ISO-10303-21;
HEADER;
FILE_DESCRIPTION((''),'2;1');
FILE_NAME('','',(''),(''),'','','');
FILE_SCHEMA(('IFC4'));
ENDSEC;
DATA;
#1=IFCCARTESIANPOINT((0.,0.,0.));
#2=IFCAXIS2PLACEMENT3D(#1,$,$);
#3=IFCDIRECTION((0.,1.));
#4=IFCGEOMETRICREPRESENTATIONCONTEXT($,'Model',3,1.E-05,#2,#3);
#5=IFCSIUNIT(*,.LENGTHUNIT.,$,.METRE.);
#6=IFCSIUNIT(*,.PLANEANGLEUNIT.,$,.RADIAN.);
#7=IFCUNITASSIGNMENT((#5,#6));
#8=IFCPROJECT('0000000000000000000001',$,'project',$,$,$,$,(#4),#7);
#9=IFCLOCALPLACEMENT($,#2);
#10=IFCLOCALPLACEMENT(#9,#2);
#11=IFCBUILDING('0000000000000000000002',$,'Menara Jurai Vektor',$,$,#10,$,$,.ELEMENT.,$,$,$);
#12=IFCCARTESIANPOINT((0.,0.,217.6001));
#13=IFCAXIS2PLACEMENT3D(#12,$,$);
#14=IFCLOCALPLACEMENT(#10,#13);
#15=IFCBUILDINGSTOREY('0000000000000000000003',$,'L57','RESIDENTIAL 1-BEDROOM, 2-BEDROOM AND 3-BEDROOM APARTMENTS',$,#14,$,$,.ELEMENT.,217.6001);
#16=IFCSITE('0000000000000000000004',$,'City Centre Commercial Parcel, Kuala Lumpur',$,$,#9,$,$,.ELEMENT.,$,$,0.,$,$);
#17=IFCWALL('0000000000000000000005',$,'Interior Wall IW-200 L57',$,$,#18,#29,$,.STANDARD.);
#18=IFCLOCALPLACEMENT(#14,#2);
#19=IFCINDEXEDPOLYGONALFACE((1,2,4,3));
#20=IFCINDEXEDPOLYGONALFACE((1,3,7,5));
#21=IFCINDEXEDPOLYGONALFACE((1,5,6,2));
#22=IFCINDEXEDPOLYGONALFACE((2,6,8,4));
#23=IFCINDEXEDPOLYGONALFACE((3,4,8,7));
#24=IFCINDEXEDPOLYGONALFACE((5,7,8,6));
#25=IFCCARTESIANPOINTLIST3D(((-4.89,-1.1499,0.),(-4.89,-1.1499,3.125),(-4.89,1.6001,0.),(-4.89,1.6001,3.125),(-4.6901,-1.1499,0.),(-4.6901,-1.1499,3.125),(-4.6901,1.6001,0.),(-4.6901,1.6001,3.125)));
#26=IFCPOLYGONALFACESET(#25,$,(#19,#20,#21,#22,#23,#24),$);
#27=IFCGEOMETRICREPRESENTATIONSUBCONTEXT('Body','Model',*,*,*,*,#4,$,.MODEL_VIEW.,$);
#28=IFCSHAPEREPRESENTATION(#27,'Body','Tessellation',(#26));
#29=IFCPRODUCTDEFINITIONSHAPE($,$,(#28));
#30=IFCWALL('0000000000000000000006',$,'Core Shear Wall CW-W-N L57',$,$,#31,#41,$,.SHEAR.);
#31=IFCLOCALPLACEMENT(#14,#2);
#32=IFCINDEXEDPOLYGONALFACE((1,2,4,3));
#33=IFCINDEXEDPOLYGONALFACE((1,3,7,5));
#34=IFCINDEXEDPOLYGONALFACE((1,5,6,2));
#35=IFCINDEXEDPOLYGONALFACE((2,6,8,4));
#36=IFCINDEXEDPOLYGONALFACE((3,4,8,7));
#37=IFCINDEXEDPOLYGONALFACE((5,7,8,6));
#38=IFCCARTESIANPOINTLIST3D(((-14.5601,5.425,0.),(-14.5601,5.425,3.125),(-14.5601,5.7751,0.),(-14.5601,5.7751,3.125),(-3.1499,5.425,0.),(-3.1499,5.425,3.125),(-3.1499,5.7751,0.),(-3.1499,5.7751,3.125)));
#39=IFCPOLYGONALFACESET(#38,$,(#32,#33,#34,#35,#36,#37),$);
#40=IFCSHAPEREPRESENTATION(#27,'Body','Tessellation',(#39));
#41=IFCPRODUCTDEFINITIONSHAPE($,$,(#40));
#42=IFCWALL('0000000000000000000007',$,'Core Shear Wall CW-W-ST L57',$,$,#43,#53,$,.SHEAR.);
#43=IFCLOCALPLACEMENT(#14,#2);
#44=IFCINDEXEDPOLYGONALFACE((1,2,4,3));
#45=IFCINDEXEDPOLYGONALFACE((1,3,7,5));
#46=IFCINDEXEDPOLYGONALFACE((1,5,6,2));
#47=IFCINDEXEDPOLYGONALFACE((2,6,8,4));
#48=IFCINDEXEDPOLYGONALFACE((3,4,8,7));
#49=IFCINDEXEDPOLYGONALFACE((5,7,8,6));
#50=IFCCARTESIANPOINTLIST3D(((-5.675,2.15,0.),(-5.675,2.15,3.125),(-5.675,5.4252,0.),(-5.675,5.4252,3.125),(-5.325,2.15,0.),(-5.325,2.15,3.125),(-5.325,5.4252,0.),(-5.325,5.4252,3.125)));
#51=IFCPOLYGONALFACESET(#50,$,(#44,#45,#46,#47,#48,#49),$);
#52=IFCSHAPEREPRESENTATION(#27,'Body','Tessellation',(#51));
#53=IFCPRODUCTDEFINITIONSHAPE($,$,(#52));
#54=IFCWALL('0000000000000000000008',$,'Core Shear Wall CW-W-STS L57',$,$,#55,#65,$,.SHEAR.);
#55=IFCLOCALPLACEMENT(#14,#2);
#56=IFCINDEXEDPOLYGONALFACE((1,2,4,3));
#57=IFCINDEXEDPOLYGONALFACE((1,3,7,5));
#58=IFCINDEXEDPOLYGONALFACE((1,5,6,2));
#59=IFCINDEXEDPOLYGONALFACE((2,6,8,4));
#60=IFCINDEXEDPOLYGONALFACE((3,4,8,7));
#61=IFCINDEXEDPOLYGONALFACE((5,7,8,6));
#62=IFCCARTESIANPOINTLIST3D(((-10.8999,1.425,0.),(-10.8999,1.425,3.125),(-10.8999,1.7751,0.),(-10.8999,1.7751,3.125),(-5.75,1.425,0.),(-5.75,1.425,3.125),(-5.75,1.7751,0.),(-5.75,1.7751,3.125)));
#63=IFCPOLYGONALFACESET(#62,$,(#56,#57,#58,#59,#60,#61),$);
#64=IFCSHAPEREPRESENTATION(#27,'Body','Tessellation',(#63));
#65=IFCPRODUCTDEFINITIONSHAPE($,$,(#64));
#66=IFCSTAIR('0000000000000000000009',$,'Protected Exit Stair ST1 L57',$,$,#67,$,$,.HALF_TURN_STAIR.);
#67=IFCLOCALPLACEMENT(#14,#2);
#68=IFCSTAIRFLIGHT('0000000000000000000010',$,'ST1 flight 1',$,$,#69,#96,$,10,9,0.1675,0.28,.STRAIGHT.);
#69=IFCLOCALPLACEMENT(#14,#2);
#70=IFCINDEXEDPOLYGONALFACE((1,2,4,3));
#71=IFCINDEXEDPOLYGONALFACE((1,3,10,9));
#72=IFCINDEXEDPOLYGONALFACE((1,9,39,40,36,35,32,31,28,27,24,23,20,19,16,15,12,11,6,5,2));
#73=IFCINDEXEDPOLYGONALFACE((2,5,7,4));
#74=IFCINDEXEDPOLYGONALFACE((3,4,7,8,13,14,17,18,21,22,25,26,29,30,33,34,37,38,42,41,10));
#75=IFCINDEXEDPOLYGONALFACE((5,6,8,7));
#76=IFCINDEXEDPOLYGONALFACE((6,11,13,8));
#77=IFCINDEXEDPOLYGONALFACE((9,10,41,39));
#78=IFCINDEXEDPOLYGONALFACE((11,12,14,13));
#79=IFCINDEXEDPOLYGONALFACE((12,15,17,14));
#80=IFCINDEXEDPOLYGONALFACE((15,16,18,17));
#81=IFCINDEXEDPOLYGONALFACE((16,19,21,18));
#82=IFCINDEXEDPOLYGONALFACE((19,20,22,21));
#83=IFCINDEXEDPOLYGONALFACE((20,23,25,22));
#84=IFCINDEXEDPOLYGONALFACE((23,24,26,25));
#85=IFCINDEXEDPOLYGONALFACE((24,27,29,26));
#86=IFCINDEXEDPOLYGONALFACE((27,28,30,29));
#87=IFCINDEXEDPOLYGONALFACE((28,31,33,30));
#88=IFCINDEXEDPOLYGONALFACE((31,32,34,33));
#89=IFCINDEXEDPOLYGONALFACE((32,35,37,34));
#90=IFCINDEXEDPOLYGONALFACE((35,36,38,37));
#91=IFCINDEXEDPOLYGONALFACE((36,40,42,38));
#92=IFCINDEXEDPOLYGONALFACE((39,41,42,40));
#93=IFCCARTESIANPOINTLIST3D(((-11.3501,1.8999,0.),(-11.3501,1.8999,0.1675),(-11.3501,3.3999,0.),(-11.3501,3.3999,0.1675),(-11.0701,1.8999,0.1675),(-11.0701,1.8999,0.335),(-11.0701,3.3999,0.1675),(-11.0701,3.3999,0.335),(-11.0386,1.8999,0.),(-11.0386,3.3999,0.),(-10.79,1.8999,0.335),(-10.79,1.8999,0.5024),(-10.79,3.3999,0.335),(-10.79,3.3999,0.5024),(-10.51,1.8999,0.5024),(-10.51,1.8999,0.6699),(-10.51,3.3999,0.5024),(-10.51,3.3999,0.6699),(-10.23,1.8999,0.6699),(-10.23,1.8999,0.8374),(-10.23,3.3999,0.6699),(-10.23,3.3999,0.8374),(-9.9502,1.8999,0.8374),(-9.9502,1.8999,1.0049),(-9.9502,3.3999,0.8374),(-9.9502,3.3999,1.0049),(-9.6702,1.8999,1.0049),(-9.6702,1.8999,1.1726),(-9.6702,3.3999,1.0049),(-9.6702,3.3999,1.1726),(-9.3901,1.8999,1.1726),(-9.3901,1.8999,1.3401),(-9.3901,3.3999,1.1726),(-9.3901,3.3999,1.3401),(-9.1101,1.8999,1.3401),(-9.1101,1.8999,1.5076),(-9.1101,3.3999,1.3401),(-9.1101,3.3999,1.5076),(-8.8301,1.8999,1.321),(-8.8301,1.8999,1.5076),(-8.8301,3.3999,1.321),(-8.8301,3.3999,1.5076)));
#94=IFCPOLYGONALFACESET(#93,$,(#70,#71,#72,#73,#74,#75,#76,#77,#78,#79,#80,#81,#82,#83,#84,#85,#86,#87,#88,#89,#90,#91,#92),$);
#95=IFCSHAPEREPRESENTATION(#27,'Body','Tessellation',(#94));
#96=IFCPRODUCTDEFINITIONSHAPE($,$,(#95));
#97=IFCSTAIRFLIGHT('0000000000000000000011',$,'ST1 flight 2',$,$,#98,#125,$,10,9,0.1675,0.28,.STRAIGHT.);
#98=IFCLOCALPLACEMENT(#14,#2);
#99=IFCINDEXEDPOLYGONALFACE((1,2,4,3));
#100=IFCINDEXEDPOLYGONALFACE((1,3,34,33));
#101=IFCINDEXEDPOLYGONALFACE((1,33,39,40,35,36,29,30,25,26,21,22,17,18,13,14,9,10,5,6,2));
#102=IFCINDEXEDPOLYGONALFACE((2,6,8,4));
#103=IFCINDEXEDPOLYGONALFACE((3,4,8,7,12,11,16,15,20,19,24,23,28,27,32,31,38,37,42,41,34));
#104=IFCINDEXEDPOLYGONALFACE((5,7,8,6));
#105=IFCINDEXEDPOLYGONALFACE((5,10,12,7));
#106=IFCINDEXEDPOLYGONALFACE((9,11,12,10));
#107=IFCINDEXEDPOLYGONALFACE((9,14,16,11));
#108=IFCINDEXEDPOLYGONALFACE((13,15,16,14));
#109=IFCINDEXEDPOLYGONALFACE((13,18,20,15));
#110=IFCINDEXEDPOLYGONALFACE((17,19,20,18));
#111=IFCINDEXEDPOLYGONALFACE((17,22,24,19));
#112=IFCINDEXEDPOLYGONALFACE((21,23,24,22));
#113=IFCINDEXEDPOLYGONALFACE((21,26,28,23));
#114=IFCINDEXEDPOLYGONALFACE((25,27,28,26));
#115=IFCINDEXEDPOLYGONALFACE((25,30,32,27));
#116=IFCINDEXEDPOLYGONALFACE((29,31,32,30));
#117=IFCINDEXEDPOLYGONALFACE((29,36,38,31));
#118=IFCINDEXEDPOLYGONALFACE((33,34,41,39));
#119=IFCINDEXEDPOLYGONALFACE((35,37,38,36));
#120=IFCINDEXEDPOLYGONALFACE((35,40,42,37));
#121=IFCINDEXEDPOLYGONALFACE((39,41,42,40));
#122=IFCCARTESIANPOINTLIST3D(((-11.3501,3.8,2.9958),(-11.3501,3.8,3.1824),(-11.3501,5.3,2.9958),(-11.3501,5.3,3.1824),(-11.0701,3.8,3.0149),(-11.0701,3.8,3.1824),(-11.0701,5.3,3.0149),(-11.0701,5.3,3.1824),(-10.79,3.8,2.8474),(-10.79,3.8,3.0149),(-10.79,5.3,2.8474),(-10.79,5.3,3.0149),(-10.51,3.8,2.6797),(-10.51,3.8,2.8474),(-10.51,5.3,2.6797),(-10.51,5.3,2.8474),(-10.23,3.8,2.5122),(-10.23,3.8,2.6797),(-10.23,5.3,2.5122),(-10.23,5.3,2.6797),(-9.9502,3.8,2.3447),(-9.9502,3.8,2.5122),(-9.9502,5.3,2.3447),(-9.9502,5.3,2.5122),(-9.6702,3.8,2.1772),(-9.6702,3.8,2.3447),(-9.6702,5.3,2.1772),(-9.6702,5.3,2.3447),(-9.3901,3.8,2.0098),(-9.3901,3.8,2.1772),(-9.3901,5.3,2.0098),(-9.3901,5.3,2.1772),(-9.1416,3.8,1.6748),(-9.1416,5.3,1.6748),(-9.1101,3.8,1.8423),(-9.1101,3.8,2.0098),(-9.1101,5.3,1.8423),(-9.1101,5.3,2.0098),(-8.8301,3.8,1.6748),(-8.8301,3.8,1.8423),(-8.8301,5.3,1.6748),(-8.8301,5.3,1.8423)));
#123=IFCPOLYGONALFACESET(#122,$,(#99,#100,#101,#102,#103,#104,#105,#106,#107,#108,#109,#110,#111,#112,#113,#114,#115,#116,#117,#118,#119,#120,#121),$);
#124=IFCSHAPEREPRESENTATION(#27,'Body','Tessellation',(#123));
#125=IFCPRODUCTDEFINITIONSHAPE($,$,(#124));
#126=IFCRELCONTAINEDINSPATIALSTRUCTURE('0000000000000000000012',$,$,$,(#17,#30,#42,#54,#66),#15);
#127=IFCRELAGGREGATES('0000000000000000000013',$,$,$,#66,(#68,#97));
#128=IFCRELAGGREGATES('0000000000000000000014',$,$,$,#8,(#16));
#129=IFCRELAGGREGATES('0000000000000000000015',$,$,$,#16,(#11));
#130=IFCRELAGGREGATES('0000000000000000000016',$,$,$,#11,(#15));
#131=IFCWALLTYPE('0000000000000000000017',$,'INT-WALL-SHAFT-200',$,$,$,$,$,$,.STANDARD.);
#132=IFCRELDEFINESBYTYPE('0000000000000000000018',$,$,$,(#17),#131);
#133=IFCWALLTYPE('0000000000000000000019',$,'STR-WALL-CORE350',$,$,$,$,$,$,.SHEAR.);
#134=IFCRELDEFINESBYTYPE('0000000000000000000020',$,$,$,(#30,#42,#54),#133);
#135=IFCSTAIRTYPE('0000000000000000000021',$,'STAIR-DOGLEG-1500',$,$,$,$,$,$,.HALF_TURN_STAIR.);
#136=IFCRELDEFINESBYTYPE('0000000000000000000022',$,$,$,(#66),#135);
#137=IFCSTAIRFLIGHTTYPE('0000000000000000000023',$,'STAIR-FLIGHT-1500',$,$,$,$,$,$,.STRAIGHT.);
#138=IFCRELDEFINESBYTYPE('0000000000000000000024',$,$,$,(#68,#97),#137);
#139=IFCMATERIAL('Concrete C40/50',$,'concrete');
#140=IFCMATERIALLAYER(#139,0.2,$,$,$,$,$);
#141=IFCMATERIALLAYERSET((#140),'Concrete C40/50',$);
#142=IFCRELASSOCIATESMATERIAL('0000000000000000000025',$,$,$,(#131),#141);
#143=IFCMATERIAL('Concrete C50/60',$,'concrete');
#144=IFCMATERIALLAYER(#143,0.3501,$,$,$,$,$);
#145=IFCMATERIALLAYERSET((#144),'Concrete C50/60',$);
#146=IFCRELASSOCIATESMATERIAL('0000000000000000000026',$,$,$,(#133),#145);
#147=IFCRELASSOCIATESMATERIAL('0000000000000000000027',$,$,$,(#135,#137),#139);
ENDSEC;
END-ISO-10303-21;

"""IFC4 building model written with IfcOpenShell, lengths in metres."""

from ifc_helpers import new_model, si_unit, direction, frame, frame_2d, origin, place, context, subcontext, project, spatial, polyline, rectangle, outline, extrude, material, layer, layer_set, type_object, element, aggregate, save


model = new_model("IFC4")

# Units and contexts
model_context = context("Model", 3, precision=1e-05, world=origin(), true_north=direction((0.0, 1.0)))
body_context = subcontext(model_context, "Body", "Model", "MODEL_VIEW")
ifc_project = project(units=[si_unit("LENGTHUNIT", "METRE"), si_unit("PLANEANGLEUNIT", "RADIAN")], contexts=[model_context])

# Site, building, storey
site_placement = place(None, origin())
site = spatial("IfcSite", under=ifc_project, at=site_placement, Name="City Centre Commercial Parcel, Kuala Lumpur", CompositionType="ELEMENT", RefElevation=0.0)
building_placement = place(site_placement, origin())
building = spatial("IfcBuilding", under=site, at=building_placement, Name="Menara Jurai Vektor", CompositionType="ELEMENT")
storey_placement = place(building_placement, frame((0.0, 0.0, 217.6001)))
storey = spatial("IfcBuildingStorey", under=building, at=storey_placement, Name="L57", Description="RESIDENTIAL 1-BEDROOM, 2-BEDROOM AND 3-BEDROOM APARTMENTS", CompositionType="ELEMENT", Elevation=217.6001)

# Shared definitions
ifc_material_1 = material(Name="Concrete C50/60", Category="concrete")

# Shared definitions
ifc_material_2 = material(Name="Concrete C40/50", Category="concrete")

# Shared definitions
ifc_layer_1 = layer(ifc_material_2, 0.2)
ifc_layer_set_1 = layer_set([ifc_layer_1], Name="Concrete C40/50")
wall_type_1 = type_object("IfcWallType", Name="INT-WALL-SHAFT-200", PredefinedType="STANDARD", material=ifc_layer_set_1)

# Wall
wall_1_placement = place(storey_placement, frame((-4.79, -1.1499, 0.0), z_axis=(0.0, 0.0, 1.0), x_axis=(0.0, 1.0, 0.0)))
element("IfcWall", 1, at=wall_1_placement, inside=storey, type_object=wall_type_1, Name="Interior Wall IW-200 L57", PredefinedType="STANDARD", context=body_context, shape_type="SweptSolid", body=[
    extrude(rectangle(XDim=2.75, YDim=0.2, at=frame_2d((1.375, 0.0))), origin(), (0.0, 0.0, 1.0), 3.125),
])

# Walls
ifc_layer_2 = layer(ifc_material_1, 0.3501)
ifc_layer_set_2 = layer_set([ifc_layer_2], Name="Concrete C50/60")
wall_type_2 = type_object("IfcWallType", Name="STR-WALL-CORE350", PredefinedType="SHEAR", material=ifc_layer_set_2)
wall_2_placement = place(storey_placement, frame((-14.5601, 5.6001, 0.0), z_axis=(0.0, 0.0, 1.0), x_axis=(1.0, 0.0, 0.0)))
element("IfcWall", 2, at=wall_2_placement, inside=storey, type_object=wall_type_2, Name="Core Shear Wall CW-W-N L57", PredefinedType="SHEAR", context=body_context, shape_type="SweptSolid", body=[
    extrude(rectangle(XDim=11.4102, YDim=0.3501, at=frame_2d((5.7051, 0.0))), origin(), (0.0, 0.0, 1.0), 3.125),
])
wall_3_placement = place(storey_placement, frame((-5.5, 2.1499, 0.0), z_axis=(0.0, 0.0, 1.0), x_axis=(0.0, 1.0, 0.0)))
element("IfcWall", 3, at=wall_3_placement, inside=storey, type_object=wall_type_2, Name="Core Shear Wall CW-W-ST L57", PredefinedType="SHEAR", context=body_context, shape_type="SweptSolid", body=[
    extrude(rectangle(XDim=3.2751, YDim=0.3501, at=frame_2d((1.6377, 0.0))), origin(), (0.0, 0.0, 1.0), 3.125),
])
wall_4_placement = place(storey_placement, frame((-10.8999, 1.6001, 0.0), z_axis=(0.0, 0.0, 1.0), x_axis=(1.0, 0.0, 0.0)))
element("IfcWall", 4, at=wall_4_placement, inside=storey, type_object=wall_type_2, Name="Core Shear Wall CW-W-STS L57", PredefinedType="SHEAR", context=body_context, shape_type="SweptSolid", body=[
    extrude(rectangle(XDim=5.1499, YDim=0.3501, at=frame_2d((2.575, 0.0))), origin(), (0.0, 0.0, 1.0), 3.125),
])

# Stair, stair flights
stair_type = type_object("IfcStairType", Name="STAIR-DOGLEG-1500", PredefinedType="HALF_TURN_STAIR", material=ifc_material_2)
stair_placement = place(storey_placement, origin())
stair = element("IfcStair", 5, at=stair_placement, inside=storey, type_object=stair_type, Name="Protected Exit Stair ST1 L57", PredefinedType="HALF_TURN_STAIR")
stair_flight_type = type_object("IfcStairFlightType", Name="STAIR-FLIGHT-1500", PredefinedType="STRAIGHT", material=ifc_material_2)
stair_flight_1_placement = place(storey_placement, frame((-11.3501, 2.6499, 0.0), z_axis=(0.0, 0.0, 1.0), x_axis=(1.0, 0.0, 0.0)))
stair_flight_1 = element("IfcStairFlight", 6, at=stair_flight_1_placement, type_object=stair_flight_type, Name="ST1 flight 1", NumberOfRisers=10, NumberOfTreads=9, PredefinedType="STRAIGHT", RiserHeight=0.1675, TreadLength=0.28, context=body_context, shape_type="SweptSolid", body=[
    extrude(outline(polyline([(0.0, 0.0), (0.0, 0.1675), (0.28, 0.1675), (0.28, 0.335), (0.5601, 0.335), (0.5601, 0.5024), (0.8401, 0.5024), (0.8401, 0.6699), (1.1201, 0.6699), (1.1201, 0.8374), (1.3999, 0.8374), (1.3999, 1.0049), (1.6799, 1.0049), (1.6799, 1.1726), (1.96, 1.1726), (1.96, 1.3401), (2.24, 1.3401), (2.24, 1.5076), (2.52, 1.5076), (2.52, 1.675), (2.52, 1.321), (0.3115, 0.0), (0.0, 0.0)])), frame((0.0, 0.75, 0.0), z_axis=(0.0, -1.0, 0.0), x_axis=(1.0, 0.0, 0.0)), (0.0, 0.0, 1.0), 1.5),
])
stair_flight_2_placement = place(storey_placement, frame((-8.8301, 4.55, 1.6748), z_axis=(0.0, 0.0, 1.0), x_axis=(-1.0, 0.0, 0.0)))
stair_flight_2 = element("IfcStairFlight", 7, at=stair_flight_2_placement, type_object=stair_flight_type, Name="ST1 flight 2", NumberOfRisers=10, NumberOfTreads=9, PredefinedType="STRAIGHT", RiserHeight=0.1675, TreadLength=0.28, context=body_context, shape_type="SweptSolid", body=[
    extrude(outline(polyline([(0.0, 0.0), (0.0, 0.1675), (0.28, 0.1675), (0.28, 0.335), (0.5601, 0.335), (0.5601, 0.5024), (0.8401, 0.5024), (0.8401, 0.6699), (1.1201, 0.6699), (1.1201, 0.8374), (1.3999, 0.8374), (1.3999, 1.0049), (1.6799, 1.0049), (1.6799, 1.1726), (1.96, 1.1726), (1.96, 1.3401), (2.24, 1.3401), (2.24, 1.5076), (2.52, 1.5076), (2.52, 1.675), (2.52, 1.321), (0.3115, 0.0), (0.0, 0.0)])), frame((0.0, 0.75, 0.0), z_axis=(0.0, -1.0, 0.0), x_axis=(1.0, 0.0, 0.0)), (0.0, 0.0, 1.0), 1.5),
])
aggregate(stair, [stair_flight_1, stair_flight_2])

save(model, "model.ifc")
